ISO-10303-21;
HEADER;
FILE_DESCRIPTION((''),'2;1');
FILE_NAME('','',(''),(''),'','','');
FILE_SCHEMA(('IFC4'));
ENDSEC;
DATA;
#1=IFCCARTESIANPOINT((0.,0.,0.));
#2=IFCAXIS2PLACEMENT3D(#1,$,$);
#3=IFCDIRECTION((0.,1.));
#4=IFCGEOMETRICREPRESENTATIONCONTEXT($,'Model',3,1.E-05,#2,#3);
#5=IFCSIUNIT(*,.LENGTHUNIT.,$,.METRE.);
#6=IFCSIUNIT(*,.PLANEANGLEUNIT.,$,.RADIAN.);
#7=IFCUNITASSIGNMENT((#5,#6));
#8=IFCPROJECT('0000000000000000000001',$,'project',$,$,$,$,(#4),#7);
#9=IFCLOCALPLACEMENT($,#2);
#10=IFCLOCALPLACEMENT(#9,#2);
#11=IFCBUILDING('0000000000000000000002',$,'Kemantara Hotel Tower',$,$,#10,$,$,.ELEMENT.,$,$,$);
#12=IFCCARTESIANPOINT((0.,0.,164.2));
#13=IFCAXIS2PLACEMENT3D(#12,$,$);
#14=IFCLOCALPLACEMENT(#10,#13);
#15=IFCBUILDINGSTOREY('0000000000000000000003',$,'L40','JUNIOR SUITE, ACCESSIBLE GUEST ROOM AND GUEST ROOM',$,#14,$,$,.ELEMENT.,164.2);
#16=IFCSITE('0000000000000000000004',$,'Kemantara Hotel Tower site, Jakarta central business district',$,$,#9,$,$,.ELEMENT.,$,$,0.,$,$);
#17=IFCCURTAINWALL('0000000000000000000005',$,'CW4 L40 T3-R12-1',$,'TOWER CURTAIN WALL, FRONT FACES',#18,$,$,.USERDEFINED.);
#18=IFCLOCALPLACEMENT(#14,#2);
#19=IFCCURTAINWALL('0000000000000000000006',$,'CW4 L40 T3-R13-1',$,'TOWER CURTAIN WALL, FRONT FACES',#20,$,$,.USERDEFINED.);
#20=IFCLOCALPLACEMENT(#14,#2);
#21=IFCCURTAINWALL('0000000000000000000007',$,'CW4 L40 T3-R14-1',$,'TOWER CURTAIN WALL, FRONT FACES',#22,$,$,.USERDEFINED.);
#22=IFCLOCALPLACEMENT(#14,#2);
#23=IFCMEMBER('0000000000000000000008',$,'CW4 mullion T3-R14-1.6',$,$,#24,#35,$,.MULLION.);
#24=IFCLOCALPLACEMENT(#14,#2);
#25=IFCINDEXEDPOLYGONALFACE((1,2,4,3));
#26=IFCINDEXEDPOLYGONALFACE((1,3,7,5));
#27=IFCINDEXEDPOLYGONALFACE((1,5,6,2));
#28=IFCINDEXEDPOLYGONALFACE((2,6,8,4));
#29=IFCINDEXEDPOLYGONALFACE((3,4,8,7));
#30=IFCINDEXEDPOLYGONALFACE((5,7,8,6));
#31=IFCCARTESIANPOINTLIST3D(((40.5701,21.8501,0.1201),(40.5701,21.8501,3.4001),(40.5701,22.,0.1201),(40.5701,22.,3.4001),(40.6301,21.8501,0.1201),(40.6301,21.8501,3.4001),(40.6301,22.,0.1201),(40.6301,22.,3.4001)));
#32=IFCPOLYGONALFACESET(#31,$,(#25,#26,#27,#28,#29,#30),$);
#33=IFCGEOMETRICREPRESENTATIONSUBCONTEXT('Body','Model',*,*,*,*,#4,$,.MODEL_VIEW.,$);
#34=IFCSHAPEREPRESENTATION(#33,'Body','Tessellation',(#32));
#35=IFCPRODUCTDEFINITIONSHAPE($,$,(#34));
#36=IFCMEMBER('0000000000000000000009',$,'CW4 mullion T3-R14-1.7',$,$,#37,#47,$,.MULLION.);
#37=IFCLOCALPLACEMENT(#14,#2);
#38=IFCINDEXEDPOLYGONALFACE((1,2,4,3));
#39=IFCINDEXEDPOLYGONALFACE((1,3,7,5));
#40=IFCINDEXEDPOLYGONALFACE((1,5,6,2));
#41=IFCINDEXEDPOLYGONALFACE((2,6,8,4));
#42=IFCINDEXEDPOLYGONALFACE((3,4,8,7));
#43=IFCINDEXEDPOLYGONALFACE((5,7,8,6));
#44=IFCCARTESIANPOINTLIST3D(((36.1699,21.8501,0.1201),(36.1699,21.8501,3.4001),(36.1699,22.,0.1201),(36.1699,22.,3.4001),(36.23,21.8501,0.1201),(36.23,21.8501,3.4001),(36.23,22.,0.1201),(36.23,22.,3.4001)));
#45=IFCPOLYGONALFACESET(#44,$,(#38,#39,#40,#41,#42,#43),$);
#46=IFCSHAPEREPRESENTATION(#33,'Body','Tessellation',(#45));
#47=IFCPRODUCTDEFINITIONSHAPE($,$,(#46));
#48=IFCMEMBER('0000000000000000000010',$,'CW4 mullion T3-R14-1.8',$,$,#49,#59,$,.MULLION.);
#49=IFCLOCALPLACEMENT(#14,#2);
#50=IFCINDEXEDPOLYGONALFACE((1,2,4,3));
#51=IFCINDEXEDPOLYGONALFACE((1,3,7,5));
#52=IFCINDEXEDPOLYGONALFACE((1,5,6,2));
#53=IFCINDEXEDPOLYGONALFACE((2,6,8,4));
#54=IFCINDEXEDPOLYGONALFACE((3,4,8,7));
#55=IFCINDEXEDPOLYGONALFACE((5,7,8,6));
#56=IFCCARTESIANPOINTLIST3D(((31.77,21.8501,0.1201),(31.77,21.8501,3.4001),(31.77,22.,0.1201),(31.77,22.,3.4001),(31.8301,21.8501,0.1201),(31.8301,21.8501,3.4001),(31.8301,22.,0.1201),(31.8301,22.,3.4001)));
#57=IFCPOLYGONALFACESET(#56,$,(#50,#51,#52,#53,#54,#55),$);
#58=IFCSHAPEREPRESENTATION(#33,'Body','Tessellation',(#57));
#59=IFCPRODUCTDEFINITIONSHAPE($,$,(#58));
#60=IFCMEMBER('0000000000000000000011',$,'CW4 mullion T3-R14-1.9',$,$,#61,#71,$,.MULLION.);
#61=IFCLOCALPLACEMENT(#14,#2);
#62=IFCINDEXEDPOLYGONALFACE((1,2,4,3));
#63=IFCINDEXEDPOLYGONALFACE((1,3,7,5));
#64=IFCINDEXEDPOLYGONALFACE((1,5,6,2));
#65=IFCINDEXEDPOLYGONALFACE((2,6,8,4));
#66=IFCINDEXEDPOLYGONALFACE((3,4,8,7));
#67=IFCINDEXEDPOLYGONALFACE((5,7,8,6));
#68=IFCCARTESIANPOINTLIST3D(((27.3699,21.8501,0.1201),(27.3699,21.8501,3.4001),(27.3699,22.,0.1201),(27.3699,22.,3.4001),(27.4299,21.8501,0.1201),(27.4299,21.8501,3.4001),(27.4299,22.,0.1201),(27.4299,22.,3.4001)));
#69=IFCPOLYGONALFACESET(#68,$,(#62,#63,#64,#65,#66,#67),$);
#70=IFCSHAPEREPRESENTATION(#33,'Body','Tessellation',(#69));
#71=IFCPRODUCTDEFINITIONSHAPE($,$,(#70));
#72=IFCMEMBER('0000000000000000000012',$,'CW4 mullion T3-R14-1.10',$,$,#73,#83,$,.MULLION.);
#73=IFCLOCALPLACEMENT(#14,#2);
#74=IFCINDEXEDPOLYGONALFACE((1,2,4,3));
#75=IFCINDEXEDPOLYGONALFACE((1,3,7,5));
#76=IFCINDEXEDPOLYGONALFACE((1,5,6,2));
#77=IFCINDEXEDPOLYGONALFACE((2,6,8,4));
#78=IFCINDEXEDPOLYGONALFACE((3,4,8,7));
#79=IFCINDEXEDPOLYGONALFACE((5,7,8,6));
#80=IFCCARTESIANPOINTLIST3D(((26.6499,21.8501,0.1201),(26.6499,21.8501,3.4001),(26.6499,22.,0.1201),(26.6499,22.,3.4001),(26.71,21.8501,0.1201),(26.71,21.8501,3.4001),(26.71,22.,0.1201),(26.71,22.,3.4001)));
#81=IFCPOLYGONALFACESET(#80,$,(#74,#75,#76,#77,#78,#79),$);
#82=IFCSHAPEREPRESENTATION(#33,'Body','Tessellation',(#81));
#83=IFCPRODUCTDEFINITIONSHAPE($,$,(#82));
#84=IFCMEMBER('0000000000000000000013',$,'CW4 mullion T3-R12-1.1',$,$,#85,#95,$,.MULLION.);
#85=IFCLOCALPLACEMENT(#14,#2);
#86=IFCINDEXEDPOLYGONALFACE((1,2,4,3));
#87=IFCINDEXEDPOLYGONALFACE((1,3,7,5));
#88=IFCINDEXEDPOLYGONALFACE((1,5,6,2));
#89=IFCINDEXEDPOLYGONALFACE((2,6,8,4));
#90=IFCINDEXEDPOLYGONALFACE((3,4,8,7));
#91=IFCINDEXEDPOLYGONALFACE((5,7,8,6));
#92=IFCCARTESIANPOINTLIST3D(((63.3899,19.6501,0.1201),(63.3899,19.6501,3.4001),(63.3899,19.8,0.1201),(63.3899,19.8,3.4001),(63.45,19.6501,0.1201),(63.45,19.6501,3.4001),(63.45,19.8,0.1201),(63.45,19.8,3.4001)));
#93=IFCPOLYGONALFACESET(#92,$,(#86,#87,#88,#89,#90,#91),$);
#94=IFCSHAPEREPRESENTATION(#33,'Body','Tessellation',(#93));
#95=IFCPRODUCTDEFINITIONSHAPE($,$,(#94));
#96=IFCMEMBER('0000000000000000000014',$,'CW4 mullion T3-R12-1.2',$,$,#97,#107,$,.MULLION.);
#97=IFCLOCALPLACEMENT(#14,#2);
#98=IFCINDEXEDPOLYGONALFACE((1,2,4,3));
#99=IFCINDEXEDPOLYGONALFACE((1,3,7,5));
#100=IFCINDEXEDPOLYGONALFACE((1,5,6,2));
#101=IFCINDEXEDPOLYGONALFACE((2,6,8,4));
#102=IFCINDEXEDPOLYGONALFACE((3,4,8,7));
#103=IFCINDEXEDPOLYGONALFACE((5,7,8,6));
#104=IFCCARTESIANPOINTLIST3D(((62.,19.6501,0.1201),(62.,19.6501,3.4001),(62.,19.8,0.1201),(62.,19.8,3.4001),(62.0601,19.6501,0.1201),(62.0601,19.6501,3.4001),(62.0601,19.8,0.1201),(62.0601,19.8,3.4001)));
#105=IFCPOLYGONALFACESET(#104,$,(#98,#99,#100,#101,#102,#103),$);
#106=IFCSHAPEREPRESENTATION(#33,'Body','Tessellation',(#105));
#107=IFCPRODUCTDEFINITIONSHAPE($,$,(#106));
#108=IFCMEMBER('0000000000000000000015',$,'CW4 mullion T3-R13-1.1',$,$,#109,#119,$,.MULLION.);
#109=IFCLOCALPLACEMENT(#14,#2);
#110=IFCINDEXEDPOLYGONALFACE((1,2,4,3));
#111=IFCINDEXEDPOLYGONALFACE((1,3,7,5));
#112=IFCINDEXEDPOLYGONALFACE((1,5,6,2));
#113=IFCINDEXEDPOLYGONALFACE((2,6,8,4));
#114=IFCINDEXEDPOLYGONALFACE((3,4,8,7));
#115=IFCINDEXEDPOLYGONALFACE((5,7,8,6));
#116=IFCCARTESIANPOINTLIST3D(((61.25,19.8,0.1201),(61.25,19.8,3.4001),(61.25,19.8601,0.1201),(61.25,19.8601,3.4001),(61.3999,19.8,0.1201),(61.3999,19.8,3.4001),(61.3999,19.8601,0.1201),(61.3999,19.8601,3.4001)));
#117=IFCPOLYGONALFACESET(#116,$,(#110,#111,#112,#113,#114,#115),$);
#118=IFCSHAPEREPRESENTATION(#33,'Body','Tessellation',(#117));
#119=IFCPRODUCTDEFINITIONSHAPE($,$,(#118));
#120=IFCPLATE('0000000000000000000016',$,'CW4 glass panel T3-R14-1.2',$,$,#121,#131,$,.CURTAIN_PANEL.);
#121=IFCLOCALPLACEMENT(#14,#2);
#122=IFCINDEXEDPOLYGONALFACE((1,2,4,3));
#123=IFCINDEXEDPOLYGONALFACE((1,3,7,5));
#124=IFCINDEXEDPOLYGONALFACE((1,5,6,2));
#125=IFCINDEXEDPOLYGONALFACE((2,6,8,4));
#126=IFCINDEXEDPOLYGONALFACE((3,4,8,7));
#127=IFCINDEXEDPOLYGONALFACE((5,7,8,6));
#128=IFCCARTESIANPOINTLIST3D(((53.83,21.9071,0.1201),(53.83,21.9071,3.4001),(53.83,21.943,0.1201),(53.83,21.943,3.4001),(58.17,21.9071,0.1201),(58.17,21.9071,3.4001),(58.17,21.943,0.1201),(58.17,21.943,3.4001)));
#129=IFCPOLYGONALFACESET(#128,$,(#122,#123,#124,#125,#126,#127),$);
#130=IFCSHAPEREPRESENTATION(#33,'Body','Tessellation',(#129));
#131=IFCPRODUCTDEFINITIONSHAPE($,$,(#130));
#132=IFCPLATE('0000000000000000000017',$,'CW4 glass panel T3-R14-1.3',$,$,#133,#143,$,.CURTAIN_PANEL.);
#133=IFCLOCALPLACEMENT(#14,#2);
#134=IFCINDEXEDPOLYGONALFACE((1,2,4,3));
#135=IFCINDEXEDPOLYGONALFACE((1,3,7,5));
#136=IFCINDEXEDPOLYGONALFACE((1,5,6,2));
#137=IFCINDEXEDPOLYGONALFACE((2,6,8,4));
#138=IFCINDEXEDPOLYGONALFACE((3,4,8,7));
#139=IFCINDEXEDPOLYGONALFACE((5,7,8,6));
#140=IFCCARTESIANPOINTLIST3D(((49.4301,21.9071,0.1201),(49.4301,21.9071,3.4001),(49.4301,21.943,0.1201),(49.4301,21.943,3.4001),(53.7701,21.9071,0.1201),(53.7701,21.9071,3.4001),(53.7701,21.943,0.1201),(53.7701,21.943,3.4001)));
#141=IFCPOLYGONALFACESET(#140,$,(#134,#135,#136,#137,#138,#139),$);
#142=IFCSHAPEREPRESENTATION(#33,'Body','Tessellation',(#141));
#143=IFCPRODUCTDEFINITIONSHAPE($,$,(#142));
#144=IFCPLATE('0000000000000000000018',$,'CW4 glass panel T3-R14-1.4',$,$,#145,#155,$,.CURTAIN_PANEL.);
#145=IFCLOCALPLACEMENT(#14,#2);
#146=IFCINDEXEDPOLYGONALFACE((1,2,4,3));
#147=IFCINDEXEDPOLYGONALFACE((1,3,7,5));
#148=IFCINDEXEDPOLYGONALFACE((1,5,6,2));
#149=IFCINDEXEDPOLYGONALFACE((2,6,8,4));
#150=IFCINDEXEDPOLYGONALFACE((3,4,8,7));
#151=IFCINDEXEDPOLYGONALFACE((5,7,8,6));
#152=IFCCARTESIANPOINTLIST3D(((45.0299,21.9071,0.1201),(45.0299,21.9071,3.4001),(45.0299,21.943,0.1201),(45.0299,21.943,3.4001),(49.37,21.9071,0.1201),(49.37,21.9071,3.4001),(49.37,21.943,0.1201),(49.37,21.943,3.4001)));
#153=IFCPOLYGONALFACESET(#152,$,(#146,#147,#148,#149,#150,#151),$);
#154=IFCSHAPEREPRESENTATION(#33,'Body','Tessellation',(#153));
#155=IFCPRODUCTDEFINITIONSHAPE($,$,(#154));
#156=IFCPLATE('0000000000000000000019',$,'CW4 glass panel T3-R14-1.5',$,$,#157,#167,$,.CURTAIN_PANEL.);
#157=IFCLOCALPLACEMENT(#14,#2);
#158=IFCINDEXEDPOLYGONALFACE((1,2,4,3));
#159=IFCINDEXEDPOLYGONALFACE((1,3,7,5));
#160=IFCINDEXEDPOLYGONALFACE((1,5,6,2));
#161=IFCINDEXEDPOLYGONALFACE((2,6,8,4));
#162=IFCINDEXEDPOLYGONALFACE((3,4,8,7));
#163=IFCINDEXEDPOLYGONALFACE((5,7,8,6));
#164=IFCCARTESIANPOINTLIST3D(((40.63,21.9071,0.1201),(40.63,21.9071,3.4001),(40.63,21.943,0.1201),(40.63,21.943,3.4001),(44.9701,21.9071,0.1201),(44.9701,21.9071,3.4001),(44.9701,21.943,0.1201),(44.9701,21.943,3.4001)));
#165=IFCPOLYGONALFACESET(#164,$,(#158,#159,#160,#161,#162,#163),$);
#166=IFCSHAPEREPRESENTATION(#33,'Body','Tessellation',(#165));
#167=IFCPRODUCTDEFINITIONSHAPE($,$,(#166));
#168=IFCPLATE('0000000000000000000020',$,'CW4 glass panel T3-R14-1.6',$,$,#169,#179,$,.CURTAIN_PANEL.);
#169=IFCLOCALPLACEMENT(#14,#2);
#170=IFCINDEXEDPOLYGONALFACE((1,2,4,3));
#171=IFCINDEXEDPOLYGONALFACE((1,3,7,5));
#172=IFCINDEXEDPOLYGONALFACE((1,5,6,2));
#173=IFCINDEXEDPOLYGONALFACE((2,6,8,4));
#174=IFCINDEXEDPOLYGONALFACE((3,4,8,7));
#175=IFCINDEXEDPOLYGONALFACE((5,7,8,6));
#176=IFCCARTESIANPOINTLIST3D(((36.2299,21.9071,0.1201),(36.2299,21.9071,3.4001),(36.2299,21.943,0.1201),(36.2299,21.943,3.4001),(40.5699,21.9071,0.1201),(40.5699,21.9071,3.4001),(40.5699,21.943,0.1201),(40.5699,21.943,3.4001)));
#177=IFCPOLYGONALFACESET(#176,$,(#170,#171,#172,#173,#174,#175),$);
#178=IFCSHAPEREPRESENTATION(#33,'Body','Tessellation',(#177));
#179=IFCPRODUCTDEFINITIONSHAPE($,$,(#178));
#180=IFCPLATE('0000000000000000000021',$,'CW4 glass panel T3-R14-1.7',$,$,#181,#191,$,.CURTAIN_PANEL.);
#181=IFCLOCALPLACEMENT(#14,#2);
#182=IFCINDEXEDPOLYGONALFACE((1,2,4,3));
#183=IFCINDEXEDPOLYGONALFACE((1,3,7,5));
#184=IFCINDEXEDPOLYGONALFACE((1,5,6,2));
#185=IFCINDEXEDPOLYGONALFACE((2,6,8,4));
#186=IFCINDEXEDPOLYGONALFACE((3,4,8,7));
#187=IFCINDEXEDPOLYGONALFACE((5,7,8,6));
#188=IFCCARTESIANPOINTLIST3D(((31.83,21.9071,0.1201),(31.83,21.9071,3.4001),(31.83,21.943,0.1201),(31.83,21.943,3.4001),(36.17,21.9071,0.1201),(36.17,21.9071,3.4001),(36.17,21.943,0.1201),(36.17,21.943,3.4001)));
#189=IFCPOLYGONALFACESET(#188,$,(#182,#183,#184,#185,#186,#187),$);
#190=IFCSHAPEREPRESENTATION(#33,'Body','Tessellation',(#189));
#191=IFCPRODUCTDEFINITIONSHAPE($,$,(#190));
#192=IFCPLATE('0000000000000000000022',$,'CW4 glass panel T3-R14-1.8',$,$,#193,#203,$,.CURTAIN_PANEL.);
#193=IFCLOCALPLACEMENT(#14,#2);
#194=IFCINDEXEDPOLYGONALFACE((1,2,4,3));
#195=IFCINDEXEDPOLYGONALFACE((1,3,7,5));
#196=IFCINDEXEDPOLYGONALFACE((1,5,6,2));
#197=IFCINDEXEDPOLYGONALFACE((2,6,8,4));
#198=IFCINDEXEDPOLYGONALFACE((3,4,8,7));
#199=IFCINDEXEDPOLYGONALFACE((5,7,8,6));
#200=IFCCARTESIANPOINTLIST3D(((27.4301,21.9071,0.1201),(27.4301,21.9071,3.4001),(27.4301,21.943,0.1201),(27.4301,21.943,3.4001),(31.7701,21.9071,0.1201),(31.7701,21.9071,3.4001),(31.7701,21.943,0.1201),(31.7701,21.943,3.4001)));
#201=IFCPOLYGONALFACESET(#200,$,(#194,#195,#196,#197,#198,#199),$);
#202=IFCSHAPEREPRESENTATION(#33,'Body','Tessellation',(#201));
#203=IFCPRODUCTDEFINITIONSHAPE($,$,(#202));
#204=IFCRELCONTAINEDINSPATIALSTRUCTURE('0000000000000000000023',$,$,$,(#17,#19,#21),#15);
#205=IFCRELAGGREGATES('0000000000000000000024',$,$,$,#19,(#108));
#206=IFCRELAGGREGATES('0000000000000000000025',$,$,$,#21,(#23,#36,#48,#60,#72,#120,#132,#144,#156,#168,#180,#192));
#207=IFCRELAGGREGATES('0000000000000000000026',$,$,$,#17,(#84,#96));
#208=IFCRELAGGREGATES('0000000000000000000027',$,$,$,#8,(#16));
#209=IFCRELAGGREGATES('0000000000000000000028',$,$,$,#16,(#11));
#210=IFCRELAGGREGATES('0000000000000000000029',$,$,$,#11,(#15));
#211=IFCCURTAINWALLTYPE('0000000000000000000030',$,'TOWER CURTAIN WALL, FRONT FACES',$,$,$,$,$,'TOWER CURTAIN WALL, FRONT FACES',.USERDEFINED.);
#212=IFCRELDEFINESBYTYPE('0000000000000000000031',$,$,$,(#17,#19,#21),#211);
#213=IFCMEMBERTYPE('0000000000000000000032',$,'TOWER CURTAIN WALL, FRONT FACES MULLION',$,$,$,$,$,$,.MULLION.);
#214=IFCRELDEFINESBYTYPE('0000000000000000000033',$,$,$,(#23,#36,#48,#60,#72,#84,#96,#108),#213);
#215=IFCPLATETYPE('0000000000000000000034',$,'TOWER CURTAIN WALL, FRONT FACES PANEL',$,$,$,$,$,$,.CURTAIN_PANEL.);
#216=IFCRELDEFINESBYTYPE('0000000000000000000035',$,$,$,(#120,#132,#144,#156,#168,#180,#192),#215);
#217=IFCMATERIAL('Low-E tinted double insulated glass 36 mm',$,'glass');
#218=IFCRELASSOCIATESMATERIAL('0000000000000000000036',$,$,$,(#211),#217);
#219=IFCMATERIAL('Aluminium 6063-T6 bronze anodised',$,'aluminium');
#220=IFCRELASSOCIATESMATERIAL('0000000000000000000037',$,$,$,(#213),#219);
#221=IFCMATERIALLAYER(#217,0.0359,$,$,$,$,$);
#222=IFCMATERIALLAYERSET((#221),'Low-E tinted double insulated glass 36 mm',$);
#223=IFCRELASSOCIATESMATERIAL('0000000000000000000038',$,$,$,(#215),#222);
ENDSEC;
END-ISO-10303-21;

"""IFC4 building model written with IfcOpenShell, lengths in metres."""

from ifc_helpers import new_model, si_unit, direction, frame, origin, origin_2d, place, context, subcontext, project, spatial, rectangle, extrude, source, transform, mapped, material, layer, layer_set, material_profile, profile_set, type_object, element, aggregate, save


model = new_model("IFC4")

# Units and contexts
model_context = context("Model", 3, precision=1e-05, world=origin(), true_north=direction((0.0, 1.0)))
body_context = subcontext(model_context, "Body", "Model", "MODEL_VIEW")
ifc_project = project(units=[si_unit("LENGTHUNIT", "METRE"), si_unit("PLANEANGLEUNIT", "RADIAN")], contexts=[model_context])

# Site, building, storey
site_placement = place(None, origin())
site = spatial("IfcSite", under=ifc_project, at=site_placement, Name="Kemantara Hotel Tower site, Jakarta central business district", CompositionType="ELEMENT", RefElevation=0.0)
building_placement = place(site_placement, origin())
building = spatial("IfcBuilding", under=site, at=building_placement, Name="Kemantara Hotel Tower", CompositionType="ELEMENT")
storey_placement = place(building_placement, frame((0.0, 0.0, 164.2)))
storey = spatial("IfcBuildingStorey", under=building, at=storey_placement, Name="L40", Description="JUNIOR SUITE, ACCESSIBLE GUEST ROOM AND GUEST ROOM", CompositionType="ELEMENT", Elevation=164.2)

# Curtain walls
ifc_material_1 = material(Name="Low-E tinted double insulated glass 36 mm", Category="glass")
curtain_wall_type = type_object("IfcCurtainWallType", Name="TOWER CURTAIN WALL, FRONT FACES", ElementType="TOWER CURTAIN WALL, FRONT FACES", PredefinedType="USERDEFINED", material=ifc_material_1)
curtain_wall_1_placement = place(storey_placement, origin())
curtain_wall_1 = element("IfcCurtainWall", 1, at=curtain_wall_1_placement, inside=storey, type_object=curtain_wall_type, Name="CW4 L40 T3-R12-1", ObjectType="TOWER CURTAIN WALL, FRONT FACES", PredefinedType="USERDEFINED")
ifc_material_2 = material(Name="Aluminium 6063-T6 bronze anodised", Category="aluminium")
curtain_wall_2_placement = place(storey_placement, origin())
curtain_wall_2 = element("IfcCurtainWall", 2, at=curtain_wall_2_placement, inside=storey, type_object=curtain_wall_type, Name="CW4 L40 T3-R13-1", ObjectType="TOWER CURTAIN WALL, FRONT FACES", PredefinedType="USERDEFINED")

# Curtain wall, members
ifc_material_profile_1 = material_profile(ifc_material_2, rectangle(XDim=0.1499, YDim=0.0601, at=origin_2d()), Name="TOWER CURTAIN WALL, FRONT FACES MULLION")
ifc_profile_set_1 = profile_set([ifc_material_profile_1], Name="Aluminium 6063-T6 bronze anodised")
member_type_1 = type_object("IfcMemberType", Name="TOWER CURTAIN WALL, FRONT FACES MULLION", PredefinedType="MULLION", material=ifc_profile_set_1)
shared_shape_1 = source(origin(), body_context, "Body", "SweptSolid", [
    extrude(rectangle(XDim=0.1499, YDim=0.0601, at=origin_2d()), origin(), (0.0, 0.0, 1.0), 3.28),
])
curtain_wall_3_placement = place(storey_placement, origin())
curtain_wall_3 = element("IfcCurtainWall", 3, at=curtain_wall_3_placement, inside=storey, type_object=curtain_wall_type, Name="CW4 L40 T3-R14-1", ObjectType="TOWER CURTAIN WALL, FRONT FACES", PredefinedType="USERDEFINED")
member_1_placement = place(storey_placement, frame((40.6001, 21.925, 0.1201), z_axis=(0.0, 0.0, 1.0), x_axis=(0.0, -1.0, 0.0)))
member_1 = element("IfcMember", 4, at=member_1_placement, type_object=member_type_1, Name="CW4 mullion T3-R14-1.6", PredefinedType="MULLION", context=body_context, shape_type="MappedRepresentation", body=[
    mapped(shared_shape_1, transform((0.0, 0.0, 0.0))),
])
member_2_placement = place(storey_placement, frame((36.2, 21.925, 0.1201), z_axis=(0.0, 0.0, 1.0), x_axis=(0.0, -1.0, 0.0)))
member_2 = element("IfcMember", 5, at=member_2_placement, type_object=member_type_1, Name="CW4 mullion T3-R14-1.7", PredefinedType="MULLION", context=body_context, shape_type="MappedRepresentation", body=[
    mapped(shared_shape_1, transform((0.0, 0.0, 0.0))),
])
member_3_placement = place(storey_placement, frame((31.8, 21.925, 0.1201), z_axis=(0.0, 0.0, 1.0), x_axis=(0.0, -1.0, 0.0)))
member_3 = element("IfcMember", 6, at=member_3_placement, type_object=member_type_1, Name="CW4 mullion T3-R14-1.8", PredefinedType="MULLION", context=body_context, shape_type="MappedRepresentation", body=[
    mapped(shared_shape_1, transform((0.0, 0.0, 0.0))),
])
member_4_placement = place(storey_placement, frame((27.3999, 21.925, 0.1201), z_axis=(0.0, 0.0, 1.0), x_axis=(0.0, -1.0, 0.0)))
member_4 = element("IfcMember", 7, at=member_4_placement, type_object=member_type_1, Name="CW4 mullion T3-R14-1.9", PredefinedType="MULLION", context=body_context, shape_type="MappedRepresentation", body=[
    mapped(shared_shape_1, transform((0.0, 0.0, 0.0))),
])
member_5_placement = place(storey_placement, frame((26.6799, 21.925, 0.1201), z_axis=(0.0, 0.0, 1.0), x_axis=(0.0, -1.0, 0.0)))
member_5 = element("IfcMember", 8, at=member_5_placement, type_object=member_type_1, Name="CW4 mullion T3-R14-1.10", PredefinedType="MULLION", context=body_context, shape_type="MappedRepresentation", body=[
    mapped(shared_shape_1, transform((0.0, 0.0, 0.0))),
])

# Members
member_6_placement = place(storey_placement, frame((63.4199, 19.7251, 0.1201), z_axis=(0.0, 0.0, 1.0), x_axis=(0.0, -1.0, 0.0)))
member_6 = element("IfcMember", 9, at=member_6_placement, type_object=member_type_1, Name="CW4 mullion T3-R12-1.1", PredefinedType="MULLION", context=body_context, shape_type="MappedRepresentation", body=[
    mapped(shared_shape_1, transform((0.0, 0.0, 0.0))),
])
member_7_placement = place(storey_placement, frame((62.03, 19.7251, 0.1201), z_axis=(0.0, 0.0, 1.0), x_axis=(0.0, -1.0, 0.0)))
member_7 = element("IfcMember", 10, at=member_7_placement, type_object=member_type_1, Name="CW4 mullion T3-R12-1.2", PredefinedType="MULLION", context=body_context, shape_type="MappedRepresentation", body=[
    mapped(shared_shape_1, transform((0.0, 0.0, 0.0))),
])
member_8_placement = place(storey_placement, frame((61.325, 19.8301, 0.1201), z_axis=(0.0, 0.0, 1.0), x_axis=(-1.0, 0.0, 0.0)))
member_8 = element("IfcMember", 11, at=member_8_placement, type_object=member_type_1, Name="CW4 mullion T3-R13-1.1", PredefinedType="MULLION", context=body_context, shape_type="MappedRepresentation", body=[
    mapped(shared_shape_1, transform((0.0, 0.0, 0.0))),
])

# Plates
ifc_layer_1 = layer(ifc_material_1, 0.0359)
ifc_layer_set_1 = layer_set([ifc_layer_1], Name="Low-E tinted double insulated glass 36 mm")
plate_type = type_object("IfcPlateType", Name="TOWER CURTAIN WALL, FRONT FACES PANEL", PredefinedType="CURTAIN_PANEL", material=ifc_layer_set_1)
shared_shape_2 = source(origin(), body_context, "Body", "SweptSolid", [
    extrude(rectangle(XDim=4.3401, YDim=0.0359, at=origin_2d()), origin(), (0.0, 0.0, 1.0), 3.28),
])
plate_1_placement = place(storey_placement, frame((56.0, 21.925, 0.1201), z_axis=(0.0, 0.0, 1.0), x_axis=(-1.0, 0.0, 0.0)))
plate_1 = element("IfcPlate", 12, at=plate_1_placement, type_object=plate_type, Name="CW4 glass panel T3-R14-1.2", PredefinedType="CURTAIN_PANEL", context=body_context, shape_type="MappedRepresentation", body=[
    mapped(shared_shape_2, transform((0.0, 0.0, 0.0))),
])
plate_2_placement = place(storey_placement, frame((51.6001, 21.925, 0.1201), z_axis=(0.0, 0.0, 1.0), x_axis=(-1.0, 0.0, 0.0)))
plate_2 = element("IfcPlate", 13, at=plate_2_placement, type_object=plate_type, Name="CW4 glass panel T3-R14-1.3", PredefinedType="CURTAIN_PANEL", context=body_context, shape_type="MappedRepresentation", body=[
    mapped(shared_shape_2, transform((0.0, 0.0, 0.0))),
])
plate_3_placement = place(storey_placement, frame((47.2, 21.925, 0.1201), z_axis=(0.0, 0.0, 1.0), x_axis=(-1.0, 0.0, 0.0)))
plate_3 = element("IfcPlate", 14, at=plate_3_placement, type_object=plate_type, Name="CW4 glass panel T3-R14-1.4", PredefinedType="CURTAIN_PANEL", context=body_context, shape_type="MappedRepresentation", body=[
    mapped(shared_shape_2, transform((0.0, 0.0, 0.0))),
])
plate_4_placement = place(storey_placement, frame((42.8, 21.925, 0.1201), z_axis=(0.0, 0.0, 1.0), x_axis=(-1.0, 0.0, 0.0)))
plate_4 = element("IfcPlate", 15, at=plate_4_placement, type_object=plate_type, Name="CW4 glass panel T3-R14-1.5", PredefinedType="CURTAIN_PANEL", context=body_context, shape_type="MappedRepresentation", body=[
    mapped(shared_shape_2, transform((0.0, 0.0, 0.0))),
])
plate_5_placement = place(storey_placement, frame((38.3999, 21.925, 0.1201), z_axis=(0.0, 0.0, 1.0), x_axis=(-1.0, 0.0, 0.0)))
plate_5 = element("IfcPlate", 16, at=plate_5_placement, type_object=plate_type, Name="CW4 glass panel T3-R14-1.6", PredefinedType="CURTAIN_PANEL", context=body_context, shape_type="MappedRepresentation", body=[
    mapped(shared_shape_2, transform((0.0, 0.0, 0.0))),
])
plate_6_placement = place(storey_placement, frame((34.0, 21.925, 0.1201), z_axis=(0.0, 0.0, 1.0), x_axis=(-1.0, 0.0, 0.0)))
plate_6 = element("IfcPlate", 17, at=plate_6_placement, type_object=plate_type, Name="CW4 glass panel T3-R14-1.7", PredefinedType="CURTAIN_PANEL", context=body_context, shape_type="MappedRepresentation", body=[
    mapped(shared_shape_2, transform((0.0, 0.0, 0.0))),
])
plate_7_placement = place(storey_placement, frame((29.6001, 21.925, 0.1201), z_axis=(0.0, 0.0, 1.0), x_axis=(-1.0, 0.0, 0.0)))
plate_7 = element("IfcPlate", 18, at=plate_7_placement, type_object=plate_type, Name="CW4 glass panel T3-R14-1.8", PredefinedType="CURTAIN_PANEL", context=body_context, shape_type="MappedRepresentation", body=[
    mapped(shared_shape_2, transform((0.0, 0.0, 0.0))),
])
aggregate(curtain_wall_2, [member_8])
aggregate(curtain_wall_3, [member_1, member_2, member_3, member_4, member_5, plate_1, plate_2, plate_3, plate_4, plate_5, plate_6, plate_7])
aggregate(curtain_wall_1, [member_6, member_7])

save(model, "model.ifc")
